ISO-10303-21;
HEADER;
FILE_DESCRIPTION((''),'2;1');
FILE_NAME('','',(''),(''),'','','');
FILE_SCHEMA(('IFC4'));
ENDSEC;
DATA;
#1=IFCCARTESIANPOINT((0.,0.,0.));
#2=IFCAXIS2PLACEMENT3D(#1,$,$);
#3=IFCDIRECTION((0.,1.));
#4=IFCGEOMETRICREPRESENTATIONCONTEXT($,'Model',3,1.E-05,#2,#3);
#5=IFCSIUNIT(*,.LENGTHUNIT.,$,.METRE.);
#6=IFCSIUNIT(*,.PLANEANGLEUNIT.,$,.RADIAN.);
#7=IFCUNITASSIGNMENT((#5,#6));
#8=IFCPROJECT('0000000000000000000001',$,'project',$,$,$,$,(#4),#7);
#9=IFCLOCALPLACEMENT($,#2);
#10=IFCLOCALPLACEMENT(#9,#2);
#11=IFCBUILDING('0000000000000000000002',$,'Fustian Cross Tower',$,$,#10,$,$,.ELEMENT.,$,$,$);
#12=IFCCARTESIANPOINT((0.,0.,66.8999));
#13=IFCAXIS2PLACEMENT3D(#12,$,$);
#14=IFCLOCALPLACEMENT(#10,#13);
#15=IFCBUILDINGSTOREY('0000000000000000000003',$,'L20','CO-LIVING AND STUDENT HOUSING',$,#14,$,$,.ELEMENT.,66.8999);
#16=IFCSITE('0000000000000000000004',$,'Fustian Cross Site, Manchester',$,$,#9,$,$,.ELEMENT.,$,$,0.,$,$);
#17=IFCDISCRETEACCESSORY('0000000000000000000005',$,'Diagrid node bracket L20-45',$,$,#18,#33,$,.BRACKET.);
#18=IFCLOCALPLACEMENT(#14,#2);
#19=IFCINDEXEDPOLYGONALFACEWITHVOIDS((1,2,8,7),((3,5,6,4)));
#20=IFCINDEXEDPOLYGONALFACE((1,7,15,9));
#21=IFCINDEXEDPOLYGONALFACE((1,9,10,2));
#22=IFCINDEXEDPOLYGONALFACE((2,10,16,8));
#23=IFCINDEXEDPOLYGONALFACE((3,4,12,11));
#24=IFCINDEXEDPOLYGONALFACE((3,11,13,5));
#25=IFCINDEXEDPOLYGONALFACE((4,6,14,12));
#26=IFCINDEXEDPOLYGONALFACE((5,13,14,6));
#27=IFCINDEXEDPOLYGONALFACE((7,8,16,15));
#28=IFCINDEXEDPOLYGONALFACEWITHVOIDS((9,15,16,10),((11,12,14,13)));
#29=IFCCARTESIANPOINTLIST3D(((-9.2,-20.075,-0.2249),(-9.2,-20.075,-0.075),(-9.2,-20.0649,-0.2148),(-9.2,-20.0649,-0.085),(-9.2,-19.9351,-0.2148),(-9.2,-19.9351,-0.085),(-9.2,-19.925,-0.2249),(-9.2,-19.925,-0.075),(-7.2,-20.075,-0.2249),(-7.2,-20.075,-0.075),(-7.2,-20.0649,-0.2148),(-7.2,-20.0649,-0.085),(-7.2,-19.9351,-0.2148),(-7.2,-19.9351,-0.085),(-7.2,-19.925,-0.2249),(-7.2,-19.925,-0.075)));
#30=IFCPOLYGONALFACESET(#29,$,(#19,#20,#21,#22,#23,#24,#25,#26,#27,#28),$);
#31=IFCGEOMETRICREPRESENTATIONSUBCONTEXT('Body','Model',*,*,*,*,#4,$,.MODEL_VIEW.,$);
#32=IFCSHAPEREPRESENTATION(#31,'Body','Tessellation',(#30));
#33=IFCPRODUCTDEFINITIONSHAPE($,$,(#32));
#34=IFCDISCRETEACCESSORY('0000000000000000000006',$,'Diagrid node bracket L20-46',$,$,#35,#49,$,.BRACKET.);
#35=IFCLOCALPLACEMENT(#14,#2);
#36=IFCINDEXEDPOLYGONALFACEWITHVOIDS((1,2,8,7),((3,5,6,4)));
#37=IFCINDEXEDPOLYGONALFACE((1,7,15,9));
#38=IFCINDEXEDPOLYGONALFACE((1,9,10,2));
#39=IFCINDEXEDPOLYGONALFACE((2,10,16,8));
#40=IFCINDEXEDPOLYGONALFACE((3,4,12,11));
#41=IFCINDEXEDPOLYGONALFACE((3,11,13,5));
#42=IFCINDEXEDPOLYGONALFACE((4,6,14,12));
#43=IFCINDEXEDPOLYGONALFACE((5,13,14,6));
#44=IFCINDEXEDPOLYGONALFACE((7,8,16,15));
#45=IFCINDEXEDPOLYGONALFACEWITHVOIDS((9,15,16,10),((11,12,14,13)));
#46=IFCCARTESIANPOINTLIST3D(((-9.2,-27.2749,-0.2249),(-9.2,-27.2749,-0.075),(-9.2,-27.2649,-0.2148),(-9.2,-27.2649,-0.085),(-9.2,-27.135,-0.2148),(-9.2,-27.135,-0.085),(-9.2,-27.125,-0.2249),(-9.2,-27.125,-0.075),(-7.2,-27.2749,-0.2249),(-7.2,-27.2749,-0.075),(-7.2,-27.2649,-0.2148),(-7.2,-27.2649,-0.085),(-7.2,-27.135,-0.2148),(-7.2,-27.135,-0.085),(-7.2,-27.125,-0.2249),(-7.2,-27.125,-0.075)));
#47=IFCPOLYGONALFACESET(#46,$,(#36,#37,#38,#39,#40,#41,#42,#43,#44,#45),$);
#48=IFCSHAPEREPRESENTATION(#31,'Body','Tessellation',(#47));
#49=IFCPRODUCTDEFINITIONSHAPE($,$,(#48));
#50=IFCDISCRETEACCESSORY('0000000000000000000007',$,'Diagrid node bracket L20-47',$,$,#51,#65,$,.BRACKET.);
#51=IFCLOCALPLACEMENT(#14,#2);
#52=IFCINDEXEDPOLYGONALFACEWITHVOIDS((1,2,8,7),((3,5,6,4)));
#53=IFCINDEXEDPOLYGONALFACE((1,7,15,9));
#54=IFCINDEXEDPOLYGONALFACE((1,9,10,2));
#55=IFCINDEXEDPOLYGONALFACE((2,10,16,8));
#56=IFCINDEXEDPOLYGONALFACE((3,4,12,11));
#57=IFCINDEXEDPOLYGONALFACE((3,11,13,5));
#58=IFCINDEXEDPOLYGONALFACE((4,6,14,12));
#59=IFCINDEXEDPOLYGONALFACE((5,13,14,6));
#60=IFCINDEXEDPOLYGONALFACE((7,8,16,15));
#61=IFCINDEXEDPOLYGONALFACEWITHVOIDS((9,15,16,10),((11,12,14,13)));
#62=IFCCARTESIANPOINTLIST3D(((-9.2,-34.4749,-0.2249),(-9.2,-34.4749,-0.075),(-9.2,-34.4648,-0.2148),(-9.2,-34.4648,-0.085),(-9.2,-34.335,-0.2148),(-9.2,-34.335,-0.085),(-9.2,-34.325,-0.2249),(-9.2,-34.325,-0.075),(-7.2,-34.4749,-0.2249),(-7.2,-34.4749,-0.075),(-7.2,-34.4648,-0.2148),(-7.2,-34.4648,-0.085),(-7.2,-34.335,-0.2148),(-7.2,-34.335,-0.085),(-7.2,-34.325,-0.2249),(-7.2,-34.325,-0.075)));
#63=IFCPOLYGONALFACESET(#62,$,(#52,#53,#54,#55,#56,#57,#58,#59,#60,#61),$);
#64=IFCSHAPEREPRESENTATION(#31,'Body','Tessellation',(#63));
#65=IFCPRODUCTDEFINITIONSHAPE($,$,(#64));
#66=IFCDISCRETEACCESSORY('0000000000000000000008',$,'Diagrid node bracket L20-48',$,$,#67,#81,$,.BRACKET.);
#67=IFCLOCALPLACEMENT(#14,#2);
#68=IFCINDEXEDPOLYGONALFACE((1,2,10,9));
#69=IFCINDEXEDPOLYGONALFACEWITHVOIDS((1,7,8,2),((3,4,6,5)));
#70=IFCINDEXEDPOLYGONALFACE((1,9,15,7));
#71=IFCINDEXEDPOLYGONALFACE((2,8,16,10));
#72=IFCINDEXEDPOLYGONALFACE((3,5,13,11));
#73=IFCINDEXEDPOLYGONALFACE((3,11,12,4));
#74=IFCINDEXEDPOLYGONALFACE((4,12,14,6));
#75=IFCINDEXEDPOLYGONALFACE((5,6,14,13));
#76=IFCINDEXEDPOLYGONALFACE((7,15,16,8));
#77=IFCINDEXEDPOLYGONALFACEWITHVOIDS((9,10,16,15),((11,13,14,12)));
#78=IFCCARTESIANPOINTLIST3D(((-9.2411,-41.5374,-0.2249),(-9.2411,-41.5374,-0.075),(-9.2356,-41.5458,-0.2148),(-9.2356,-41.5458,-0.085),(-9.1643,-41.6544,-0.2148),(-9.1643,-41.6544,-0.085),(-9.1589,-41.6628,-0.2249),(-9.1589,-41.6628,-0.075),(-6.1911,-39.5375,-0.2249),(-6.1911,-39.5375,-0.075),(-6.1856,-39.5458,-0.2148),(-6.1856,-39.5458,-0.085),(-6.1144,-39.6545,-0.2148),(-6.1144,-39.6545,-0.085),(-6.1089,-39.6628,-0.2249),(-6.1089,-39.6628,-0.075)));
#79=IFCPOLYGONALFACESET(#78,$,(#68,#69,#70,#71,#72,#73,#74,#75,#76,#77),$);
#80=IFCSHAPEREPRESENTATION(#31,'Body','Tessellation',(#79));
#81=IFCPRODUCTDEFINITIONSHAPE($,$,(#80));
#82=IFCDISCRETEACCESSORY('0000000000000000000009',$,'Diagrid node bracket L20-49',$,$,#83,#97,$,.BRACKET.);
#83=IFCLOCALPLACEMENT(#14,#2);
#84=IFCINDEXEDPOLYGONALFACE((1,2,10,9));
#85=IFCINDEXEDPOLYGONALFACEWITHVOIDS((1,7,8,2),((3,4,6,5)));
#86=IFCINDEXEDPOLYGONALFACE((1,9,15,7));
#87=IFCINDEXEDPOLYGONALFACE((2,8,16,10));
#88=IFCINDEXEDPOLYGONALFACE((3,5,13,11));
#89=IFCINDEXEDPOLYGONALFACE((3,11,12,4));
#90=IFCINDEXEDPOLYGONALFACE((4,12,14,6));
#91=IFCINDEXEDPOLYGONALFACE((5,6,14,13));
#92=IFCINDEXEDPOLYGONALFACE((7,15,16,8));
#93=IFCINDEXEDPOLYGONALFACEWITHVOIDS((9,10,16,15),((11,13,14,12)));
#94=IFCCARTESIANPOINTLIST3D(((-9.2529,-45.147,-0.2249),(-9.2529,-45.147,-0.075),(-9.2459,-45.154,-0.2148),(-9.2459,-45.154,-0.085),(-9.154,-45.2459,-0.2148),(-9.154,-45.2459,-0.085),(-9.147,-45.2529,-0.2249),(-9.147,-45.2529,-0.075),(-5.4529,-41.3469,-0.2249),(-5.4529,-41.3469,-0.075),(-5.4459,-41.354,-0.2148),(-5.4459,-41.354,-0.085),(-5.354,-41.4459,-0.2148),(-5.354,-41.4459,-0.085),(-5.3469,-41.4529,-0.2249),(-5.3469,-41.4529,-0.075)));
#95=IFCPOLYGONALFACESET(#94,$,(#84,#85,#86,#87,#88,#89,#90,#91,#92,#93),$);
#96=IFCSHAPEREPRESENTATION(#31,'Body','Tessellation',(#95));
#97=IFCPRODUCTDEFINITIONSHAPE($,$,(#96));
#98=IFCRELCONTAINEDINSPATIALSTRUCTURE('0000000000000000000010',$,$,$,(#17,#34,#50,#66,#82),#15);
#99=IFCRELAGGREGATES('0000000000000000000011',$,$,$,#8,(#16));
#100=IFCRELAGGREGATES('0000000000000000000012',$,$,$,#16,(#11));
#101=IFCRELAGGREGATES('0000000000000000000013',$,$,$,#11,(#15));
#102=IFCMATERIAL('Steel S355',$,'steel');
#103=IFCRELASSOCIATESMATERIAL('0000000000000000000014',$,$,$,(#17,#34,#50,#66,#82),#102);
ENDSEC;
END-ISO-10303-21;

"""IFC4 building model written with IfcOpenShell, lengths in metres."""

from ifc_helpers import new_model, si_unit, direction, frame, origin, origin_2d, place, context, subcontext, project, spatial, hollow_rectangle, extrude, material, element, save


model = new_model("IFC4")

# Units and contexts
model_context = context("Model", 3, precision=1e-05, world=origin(), true_north=direction((0.0, 1.0)))
body_context = subcontext(model_context, "Body", "Model", "MODEL_VIEW")
ifc_project = project(units=[si_unit("LENGTHUNIT", "METRE"), si_unit("PLANEANGLEUNIT", "RADIAN")], contexts=[model_context])

# Site, building, storey
site_placement = place(None, origin())
site = spatial("IfcSite", under=ifc_project, at=site_placement, Name="Fustian Cross Site, Manchester", CompositionType="ELEMENT", RefElevation=0.0)
building_placement = place(site_placement, origin())
building = spatial("IfcBuilding", under=site, at=building_placement, Name="Fustian Cross Tower", CompositionType="ELEMENT")
storey_placement = place(building_placement, frame((0.0, 0.0, 66.8999)))
storey = spatial("IfcBuildingStorey", under=building, at=storey_placement, Name="L20", Description="CO-LIVING AND STUDENT HOUSING", CompositionType="ELEMENT", Elevation=66.8999)

# Discrete accessories
ifc_material_1 = material(Name="Steel S355", Category="steel")
for number, where, z_axis, x_axis, name in (
    (1, (-9.2, -20.0, -0.1499), (1.0, 0.0, 0.0), (0.0, 1.0, 0.0), "Diagrid node bracket L20-45"),
    (2, (-9.2, -27.2, -0.1499), (1.0, 0.0, 0.0), (0.0, 1.0, 0.0), "Diagrid node bracket L20-46"),
    (3, (-9.2, -34.3999, -0.1499), (1.0, 0.0, 0.0), (0.0, 1.0, 0.0), "Diagrid node bracket L20-47"),
):
    element("IfcDiscreteAccessory", number, at=place(storey_placement, frame(where, z_axis=z_axis, x_axis=x_axis)), inside=storey, material=ifc_material_1, Name=name, PredefinedType="BRACKET", context=body_context, shape_type="SweptSolid", body=[
        extrude(hollow_rectangle(XDim=0.1499, YDim=0.1499, WallThickness=0.01, at=origin_2d()), origin(), (0.0, 0.0, 1.0), 2.0),
    ])
discrete_accessory_1_placement = place(storey_placement, frame((-9.2, -41.6001, -0.1499), z_axis=(0.836248, 0.548351, 0.0), x_axis=(-0.548351, 0.836248, 0.0)))
element("IfcDiscreteAccessory", 4, at=discrete_accessory_1_placement, inside=storey, material=ifc_material_1, Name="Diagrid node bracket L20-48", PredefinedType="BRACKET", context=body_context, shape_type="SweptSolid", body=[
    extrude(hollow_rectangle(XDim=0.1499, YDim=0.1499, WallThickness=0.01, at=origin_2d()), origin(), (0.0, 0.0, 1.0), 3.6472),
])
discrete_accessory_2_placement = place(storey_placement, frame((-9.2, -45.2, -0.1499), z_axis=(0.707107, 0.707107, 0.0), x_axis=(-0.707107, 0.707107, 0.0)))
element("IfcDiscreteAccessory", 5, at=discrete_accessory_2_placement, inside=storey, material=ifc_material_1, Name="Diagrid node bracket L20-49", PredefinedType="BRACKET", context=body_context, shape_type="SweptSolid", body=[
    extrude(hollow_rectangle(XDim=0.1499, YDim=0.1499, WallThickness=0.01, at=origin_2d()), origin(), (0.0, 0.0, 1.0), 5.374),
])

save(model, "model.ifc")
